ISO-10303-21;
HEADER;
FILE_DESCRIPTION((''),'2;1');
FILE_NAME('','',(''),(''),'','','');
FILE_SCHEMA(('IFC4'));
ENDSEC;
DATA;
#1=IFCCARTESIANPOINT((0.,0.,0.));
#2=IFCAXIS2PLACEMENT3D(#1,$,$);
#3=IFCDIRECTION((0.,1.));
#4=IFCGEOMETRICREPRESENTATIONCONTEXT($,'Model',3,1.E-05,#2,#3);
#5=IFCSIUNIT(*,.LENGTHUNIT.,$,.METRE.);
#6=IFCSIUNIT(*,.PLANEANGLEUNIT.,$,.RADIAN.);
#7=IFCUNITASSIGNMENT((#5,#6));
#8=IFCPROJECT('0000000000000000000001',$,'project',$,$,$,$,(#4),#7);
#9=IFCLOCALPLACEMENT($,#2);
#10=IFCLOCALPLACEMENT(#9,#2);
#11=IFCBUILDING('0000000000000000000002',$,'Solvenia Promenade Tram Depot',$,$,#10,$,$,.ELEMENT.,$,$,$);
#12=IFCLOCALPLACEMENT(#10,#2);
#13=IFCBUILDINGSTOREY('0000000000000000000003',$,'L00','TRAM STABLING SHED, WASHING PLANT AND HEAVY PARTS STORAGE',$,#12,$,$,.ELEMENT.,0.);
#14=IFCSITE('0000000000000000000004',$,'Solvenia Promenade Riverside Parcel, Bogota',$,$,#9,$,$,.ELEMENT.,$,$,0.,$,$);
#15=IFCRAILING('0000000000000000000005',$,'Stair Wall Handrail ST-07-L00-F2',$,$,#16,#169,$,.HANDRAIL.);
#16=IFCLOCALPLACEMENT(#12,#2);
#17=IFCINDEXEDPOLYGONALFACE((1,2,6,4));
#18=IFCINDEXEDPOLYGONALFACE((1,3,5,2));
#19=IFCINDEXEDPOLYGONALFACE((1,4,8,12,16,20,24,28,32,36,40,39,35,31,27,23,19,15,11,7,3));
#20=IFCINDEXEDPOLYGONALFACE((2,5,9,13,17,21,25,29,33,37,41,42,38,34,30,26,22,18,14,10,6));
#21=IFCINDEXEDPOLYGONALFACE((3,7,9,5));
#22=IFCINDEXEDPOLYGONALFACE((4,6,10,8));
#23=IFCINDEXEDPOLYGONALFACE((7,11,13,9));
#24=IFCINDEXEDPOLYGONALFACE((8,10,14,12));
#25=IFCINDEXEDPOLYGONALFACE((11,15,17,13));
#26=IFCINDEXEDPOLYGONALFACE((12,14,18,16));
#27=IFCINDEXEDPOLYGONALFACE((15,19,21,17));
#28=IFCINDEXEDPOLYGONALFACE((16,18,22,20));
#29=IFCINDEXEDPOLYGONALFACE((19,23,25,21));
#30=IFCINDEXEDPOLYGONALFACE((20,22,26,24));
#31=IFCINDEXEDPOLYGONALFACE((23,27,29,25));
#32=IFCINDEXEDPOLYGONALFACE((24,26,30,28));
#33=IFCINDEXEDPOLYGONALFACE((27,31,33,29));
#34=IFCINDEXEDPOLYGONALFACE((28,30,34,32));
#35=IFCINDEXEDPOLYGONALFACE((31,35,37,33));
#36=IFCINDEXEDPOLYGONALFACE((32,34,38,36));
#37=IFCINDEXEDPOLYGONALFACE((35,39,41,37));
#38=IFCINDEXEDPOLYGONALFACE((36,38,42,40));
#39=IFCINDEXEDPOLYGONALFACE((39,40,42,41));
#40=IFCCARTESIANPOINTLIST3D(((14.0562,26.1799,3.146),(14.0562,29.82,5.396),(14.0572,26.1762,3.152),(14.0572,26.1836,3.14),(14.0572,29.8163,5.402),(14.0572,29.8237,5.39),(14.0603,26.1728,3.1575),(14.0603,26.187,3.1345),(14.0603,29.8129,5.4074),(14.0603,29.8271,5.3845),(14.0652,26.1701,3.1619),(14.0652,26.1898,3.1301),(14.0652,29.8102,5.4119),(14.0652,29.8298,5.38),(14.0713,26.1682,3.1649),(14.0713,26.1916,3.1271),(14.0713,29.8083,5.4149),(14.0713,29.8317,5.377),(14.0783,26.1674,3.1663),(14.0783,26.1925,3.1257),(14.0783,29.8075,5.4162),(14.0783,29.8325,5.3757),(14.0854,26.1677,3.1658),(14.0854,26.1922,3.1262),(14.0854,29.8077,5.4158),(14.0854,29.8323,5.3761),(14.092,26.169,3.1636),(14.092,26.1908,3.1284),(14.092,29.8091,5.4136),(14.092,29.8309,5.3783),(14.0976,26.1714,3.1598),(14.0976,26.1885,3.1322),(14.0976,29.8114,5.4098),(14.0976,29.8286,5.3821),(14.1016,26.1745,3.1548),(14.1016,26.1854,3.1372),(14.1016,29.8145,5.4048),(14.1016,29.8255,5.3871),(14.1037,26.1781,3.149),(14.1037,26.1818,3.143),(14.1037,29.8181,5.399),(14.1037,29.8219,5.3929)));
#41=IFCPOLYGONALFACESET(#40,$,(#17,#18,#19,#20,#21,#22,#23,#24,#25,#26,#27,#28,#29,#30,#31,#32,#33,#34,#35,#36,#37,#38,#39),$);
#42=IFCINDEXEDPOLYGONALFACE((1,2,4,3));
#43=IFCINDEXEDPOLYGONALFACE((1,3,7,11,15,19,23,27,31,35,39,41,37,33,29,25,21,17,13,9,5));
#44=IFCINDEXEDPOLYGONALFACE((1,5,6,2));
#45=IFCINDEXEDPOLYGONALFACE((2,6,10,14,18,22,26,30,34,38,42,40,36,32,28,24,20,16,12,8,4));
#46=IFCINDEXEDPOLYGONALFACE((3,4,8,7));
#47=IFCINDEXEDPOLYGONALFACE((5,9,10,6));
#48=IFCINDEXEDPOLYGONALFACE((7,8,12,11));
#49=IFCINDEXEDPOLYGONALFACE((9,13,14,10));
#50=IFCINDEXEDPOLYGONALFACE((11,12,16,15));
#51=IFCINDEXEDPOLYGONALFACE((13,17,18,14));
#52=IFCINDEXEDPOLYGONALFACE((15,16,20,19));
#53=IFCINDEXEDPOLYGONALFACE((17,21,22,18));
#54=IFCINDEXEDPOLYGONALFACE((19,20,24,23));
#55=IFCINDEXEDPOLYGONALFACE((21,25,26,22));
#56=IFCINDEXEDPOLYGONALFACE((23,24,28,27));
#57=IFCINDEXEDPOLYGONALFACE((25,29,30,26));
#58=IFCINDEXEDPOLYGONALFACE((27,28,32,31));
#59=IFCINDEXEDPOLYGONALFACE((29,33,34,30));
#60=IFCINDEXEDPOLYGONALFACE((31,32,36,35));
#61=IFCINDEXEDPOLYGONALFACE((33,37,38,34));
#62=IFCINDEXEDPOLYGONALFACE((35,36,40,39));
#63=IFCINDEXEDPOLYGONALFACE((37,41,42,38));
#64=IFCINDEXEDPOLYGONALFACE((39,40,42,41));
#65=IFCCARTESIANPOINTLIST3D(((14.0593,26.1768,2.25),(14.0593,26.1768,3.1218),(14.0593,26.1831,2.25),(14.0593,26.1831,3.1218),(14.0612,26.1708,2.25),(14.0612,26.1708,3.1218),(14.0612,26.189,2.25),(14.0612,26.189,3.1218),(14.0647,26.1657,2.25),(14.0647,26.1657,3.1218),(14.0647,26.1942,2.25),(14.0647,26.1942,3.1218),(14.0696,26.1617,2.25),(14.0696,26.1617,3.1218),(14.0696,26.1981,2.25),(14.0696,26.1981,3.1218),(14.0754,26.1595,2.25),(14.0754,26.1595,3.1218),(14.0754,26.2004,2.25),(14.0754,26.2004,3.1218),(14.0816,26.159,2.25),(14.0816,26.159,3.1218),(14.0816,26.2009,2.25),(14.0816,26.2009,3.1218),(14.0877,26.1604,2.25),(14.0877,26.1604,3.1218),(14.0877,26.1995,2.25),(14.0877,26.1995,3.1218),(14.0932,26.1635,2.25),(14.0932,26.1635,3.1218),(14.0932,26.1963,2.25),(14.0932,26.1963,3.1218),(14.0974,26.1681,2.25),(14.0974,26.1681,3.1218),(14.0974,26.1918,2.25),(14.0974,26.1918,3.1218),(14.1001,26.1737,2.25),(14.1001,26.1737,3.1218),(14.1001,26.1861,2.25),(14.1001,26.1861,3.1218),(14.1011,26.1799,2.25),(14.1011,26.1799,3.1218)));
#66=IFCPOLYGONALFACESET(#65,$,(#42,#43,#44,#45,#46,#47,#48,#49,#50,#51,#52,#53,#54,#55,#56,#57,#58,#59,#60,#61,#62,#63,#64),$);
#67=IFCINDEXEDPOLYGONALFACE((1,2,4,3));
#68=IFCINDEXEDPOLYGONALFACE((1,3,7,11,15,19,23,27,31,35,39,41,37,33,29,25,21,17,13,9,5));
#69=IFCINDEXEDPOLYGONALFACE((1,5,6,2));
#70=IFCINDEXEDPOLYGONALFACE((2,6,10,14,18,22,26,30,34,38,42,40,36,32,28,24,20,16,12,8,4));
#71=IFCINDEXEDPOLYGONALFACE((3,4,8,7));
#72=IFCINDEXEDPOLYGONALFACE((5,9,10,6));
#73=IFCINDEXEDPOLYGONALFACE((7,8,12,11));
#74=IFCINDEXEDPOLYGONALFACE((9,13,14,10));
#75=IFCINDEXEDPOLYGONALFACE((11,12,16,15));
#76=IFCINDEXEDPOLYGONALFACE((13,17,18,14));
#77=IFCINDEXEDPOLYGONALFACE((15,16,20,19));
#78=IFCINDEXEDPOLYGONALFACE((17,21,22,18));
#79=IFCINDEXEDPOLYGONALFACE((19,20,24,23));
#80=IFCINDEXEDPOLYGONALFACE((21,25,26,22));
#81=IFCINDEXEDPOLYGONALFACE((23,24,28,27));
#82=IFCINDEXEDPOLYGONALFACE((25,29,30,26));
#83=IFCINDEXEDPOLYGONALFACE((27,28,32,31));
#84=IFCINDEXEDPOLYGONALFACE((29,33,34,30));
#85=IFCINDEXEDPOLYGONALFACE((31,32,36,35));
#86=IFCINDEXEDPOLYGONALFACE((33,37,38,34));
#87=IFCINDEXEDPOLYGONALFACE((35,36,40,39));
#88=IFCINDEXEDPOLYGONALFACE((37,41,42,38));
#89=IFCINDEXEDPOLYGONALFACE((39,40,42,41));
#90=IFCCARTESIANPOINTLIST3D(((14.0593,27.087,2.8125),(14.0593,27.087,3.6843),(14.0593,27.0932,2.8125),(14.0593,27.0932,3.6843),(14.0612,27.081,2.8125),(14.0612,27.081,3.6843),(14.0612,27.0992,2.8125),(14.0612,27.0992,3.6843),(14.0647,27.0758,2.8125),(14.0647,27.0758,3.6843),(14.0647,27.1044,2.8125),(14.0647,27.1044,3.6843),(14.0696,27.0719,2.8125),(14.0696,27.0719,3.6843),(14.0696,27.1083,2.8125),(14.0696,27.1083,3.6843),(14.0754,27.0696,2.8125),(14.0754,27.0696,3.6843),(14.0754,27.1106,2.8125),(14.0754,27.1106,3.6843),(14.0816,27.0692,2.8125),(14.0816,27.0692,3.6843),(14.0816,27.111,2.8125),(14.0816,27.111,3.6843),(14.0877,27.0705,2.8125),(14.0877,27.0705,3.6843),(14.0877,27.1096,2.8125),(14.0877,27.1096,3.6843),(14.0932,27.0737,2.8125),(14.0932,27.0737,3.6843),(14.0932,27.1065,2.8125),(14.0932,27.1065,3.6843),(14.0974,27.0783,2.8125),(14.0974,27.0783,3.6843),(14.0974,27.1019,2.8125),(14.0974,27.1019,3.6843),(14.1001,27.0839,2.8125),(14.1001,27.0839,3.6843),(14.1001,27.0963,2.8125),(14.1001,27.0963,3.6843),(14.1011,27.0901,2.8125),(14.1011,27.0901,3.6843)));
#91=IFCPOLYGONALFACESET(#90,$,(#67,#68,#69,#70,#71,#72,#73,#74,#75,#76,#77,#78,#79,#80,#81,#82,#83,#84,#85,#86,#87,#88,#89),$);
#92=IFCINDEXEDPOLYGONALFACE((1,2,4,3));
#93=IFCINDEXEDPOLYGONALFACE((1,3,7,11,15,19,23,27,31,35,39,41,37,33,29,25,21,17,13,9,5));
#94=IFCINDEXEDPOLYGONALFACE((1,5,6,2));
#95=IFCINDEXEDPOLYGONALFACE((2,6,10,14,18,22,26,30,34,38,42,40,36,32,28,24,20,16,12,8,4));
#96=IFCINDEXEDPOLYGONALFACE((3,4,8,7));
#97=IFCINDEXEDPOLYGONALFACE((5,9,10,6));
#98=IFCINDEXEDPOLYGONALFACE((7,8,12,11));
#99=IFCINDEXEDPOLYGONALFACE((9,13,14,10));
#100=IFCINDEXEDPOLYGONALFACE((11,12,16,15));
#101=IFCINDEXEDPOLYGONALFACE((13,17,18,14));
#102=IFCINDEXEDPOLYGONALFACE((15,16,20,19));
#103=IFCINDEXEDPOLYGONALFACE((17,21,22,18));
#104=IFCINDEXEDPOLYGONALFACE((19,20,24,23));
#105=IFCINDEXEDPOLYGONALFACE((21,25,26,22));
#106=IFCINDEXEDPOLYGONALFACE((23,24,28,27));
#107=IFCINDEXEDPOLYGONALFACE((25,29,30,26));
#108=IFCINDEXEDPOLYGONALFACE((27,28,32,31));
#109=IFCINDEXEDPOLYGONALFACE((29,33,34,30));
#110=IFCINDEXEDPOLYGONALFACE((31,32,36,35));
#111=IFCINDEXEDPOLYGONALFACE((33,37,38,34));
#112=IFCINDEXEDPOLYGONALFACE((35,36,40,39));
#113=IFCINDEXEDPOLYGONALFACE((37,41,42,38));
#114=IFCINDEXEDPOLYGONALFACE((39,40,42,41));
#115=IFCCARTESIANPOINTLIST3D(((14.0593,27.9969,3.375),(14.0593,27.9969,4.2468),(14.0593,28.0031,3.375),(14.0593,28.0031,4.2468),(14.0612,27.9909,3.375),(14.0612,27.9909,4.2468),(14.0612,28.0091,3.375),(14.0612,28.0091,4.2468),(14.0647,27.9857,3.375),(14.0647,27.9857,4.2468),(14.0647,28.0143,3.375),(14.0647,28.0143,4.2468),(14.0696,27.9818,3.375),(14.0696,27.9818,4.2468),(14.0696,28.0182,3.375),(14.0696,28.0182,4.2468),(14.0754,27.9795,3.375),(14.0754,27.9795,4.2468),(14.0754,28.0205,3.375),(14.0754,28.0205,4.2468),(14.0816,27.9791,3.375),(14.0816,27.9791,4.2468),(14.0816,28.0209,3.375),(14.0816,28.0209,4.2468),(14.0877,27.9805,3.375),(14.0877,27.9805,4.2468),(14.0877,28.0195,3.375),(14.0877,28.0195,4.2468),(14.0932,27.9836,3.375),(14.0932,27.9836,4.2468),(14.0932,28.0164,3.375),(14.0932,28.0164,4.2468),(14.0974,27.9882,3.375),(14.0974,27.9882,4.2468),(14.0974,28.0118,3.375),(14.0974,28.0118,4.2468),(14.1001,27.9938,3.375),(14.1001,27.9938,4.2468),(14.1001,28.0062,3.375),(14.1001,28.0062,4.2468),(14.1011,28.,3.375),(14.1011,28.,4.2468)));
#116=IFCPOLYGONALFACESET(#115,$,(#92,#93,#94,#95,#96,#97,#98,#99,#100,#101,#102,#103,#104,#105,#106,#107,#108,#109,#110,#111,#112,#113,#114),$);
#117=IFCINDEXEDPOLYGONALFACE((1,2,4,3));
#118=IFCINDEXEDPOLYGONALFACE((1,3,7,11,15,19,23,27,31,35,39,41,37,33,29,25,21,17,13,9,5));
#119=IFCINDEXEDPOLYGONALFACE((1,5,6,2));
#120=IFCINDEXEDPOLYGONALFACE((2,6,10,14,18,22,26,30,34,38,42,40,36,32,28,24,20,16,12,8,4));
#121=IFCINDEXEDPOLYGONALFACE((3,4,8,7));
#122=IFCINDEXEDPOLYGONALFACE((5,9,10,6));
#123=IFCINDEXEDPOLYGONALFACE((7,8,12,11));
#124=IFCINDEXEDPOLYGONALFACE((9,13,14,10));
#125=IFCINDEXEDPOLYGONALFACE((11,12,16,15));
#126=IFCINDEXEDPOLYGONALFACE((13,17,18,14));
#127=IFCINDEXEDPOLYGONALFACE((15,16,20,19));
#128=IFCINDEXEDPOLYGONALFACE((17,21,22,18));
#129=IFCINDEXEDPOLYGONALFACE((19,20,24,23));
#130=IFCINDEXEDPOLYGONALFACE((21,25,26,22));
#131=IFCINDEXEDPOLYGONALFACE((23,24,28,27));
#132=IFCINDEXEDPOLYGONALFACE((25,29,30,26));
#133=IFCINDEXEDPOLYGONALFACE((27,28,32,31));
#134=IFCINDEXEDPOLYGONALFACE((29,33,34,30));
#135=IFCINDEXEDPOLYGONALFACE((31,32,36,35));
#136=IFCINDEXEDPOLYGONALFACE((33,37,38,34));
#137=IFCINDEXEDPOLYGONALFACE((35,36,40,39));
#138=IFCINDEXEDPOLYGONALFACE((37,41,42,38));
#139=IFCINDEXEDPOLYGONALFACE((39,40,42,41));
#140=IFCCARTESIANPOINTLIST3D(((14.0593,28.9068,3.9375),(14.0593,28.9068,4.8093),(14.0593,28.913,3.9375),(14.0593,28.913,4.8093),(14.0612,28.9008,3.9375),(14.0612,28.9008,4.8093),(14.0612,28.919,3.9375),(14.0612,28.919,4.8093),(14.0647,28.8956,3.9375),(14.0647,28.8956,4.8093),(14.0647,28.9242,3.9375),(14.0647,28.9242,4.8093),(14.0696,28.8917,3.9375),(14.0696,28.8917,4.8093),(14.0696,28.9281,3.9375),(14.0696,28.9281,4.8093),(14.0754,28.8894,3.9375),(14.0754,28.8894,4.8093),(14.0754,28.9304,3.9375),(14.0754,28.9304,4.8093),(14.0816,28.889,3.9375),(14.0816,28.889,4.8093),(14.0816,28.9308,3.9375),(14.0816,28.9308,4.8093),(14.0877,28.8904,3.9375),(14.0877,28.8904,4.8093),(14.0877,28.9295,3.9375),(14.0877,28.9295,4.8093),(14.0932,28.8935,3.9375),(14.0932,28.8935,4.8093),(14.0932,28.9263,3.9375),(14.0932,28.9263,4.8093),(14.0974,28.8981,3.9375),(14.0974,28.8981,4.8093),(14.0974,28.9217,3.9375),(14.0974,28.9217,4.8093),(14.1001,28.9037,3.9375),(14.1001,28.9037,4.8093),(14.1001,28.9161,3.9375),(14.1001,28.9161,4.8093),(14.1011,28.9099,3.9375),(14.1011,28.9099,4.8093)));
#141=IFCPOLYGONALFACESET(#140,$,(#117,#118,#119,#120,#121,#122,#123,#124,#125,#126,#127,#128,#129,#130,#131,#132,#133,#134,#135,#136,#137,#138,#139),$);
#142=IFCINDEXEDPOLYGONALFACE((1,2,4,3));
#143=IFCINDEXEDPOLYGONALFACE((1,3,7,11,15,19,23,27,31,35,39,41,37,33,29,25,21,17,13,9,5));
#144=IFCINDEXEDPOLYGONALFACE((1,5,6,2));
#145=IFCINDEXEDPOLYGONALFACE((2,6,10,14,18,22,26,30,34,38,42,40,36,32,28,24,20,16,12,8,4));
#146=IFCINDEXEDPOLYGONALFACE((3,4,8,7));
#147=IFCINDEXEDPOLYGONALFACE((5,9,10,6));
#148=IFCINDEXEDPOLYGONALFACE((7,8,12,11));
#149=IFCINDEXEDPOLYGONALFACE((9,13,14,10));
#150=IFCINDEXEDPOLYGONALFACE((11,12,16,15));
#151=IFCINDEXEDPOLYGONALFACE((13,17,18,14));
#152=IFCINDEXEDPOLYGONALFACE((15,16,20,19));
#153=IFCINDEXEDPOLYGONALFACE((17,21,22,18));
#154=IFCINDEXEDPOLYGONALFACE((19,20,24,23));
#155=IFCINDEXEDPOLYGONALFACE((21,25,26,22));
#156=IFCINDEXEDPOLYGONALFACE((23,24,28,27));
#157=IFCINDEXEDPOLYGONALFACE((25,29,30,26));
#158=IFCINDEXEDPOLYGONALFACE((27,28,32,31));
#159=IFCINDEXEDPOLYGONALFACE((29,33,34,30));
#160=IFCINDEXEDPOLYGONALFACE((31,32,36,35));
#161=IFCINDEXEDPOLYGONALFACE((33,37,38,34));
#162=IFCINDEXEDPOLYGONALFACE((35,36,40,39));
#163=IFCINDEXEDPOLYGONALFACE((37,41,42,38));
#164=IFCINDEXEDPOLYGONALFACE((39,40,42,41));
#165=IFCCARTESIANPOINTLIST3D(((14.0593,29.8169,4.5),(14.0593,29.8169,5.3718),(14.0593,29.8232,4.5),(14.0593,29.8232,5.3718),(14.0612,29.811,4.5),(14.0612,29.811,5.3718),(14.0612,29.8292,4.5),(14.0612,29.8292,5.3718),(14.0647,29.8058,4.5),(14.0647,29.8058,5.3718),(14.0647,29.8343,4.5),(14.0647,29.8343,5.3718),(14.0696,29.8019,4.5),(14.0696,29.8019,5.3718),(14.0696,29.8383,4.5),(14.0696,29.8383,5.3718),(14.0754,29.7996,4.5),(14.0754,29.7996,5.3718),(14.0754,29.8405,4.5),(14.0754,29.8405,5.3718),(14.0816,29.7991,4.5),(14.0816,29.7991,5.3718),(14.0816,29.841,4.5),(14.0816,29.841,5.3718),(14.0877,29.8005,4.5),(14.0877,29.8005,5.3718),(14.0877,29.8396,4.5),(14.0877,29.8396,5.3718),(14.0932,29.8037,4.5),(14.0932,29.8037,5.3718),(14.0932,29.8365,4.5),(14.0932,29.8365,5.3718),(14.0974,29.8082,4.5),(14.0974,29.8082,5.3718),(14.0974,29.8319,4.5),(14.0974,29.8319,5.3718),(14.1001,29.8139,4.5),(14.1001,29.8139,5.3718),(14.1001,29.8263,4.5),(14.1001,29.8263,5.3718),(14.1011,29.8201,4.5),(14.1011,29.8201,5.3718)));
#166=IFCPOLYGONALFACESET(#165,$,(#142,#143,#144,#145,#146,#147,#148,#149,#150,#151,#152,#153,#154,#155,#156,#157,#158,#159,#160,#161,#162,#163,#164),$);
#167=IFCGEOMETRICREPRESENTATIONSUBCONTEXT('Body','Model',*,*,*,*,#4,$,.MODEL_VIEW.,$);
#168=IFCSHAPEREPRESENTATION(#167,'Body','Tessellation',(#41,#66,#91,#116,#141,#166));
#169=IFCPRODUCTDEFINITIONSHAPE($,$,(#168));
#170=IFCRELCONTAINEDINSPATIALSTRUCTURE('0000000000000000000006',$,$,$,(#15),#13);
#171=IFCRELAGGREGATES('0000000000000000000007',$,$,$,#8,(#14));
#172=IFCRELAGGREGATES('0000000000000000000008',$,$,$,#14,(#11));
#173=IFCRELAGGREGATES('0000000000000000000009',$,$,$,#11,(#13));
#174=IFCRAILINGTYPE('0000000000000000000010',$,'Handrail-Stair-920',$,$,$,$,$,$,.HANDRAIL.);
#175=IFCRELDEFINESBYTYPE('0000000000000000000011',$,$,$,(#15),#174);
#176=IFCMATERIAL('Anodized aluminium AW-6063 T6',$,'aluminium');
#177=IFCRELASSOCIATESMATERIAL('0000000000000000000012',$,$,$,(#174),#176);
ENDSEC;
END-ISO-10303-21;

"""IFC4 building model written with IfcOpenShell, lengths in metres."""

from ifc_helpers import new_model, si_unit, direction, frame, origin, origin_2d, place, context, subcontext, project, spatial, circle, extrude, material, type_object, element, save


model = new_model("IFC4")

# Units and contexts
model_context = context("Model", 3, precision=1e-05, world=origin(), true_north=direction((0.0, 1.0)))
body_context = subcontext(model_context, "Body", "Model", "MODEL_VIEW")
ifc_project = project(units=[si_unit("LENGTHUNIT", "METRE"), si_unit("PLANEANGLEUNIT", "RADIAN")], contexts=[model_context])

# Site, building, storey
site_placement = place(None, origin())
site = spatial("IfcSite", under=ifc_project, at=site_placement, Name="Solvenia Promenade Riverside Parcel, Bogota", CompositionType="ELEMENT", RefElevation=0.0)
building_placement = place(site_placement, origin())
building = spatial("IfcBuilding", under=site, at=building_placement, Name="Solvenia Promenade Tram Depot", CompositionType="ELEMENT")
storey_placement = place(building_placement, origin())
storey = spatial("IfcBuildingStorey", under=building, at=storey_placement, Name="L00", Description="TRAM STABLING SHED, WASHING PLANT AND HEAVY PARTS STORAGE", CompositionType="ELEMENT", Elevation=0.0)

# Shared definitions
ifc_material_1 = material(Name="Anodized aluminium AW-6063 T6", Category="aluminium")

# Railing
railing_type = type_object("IfcRailingType", Name="Handrail-Stair-920", PredefinedType="HANDRAIL", material=ifc_material_1)
railing_placement = place(storey_placement, frame((14.0801, 26.1799, 2.25)))
element("IfcRailing", 1, at=railing_placement, inside=storey, type_object=railing_type, Name="Stair Wall Handrail ST-07-L00-F2", PredefinedType="HANDRAIL", context=body_context, shape_type="SweptSolid", body=[
    extrude(circle(Radius=0.0239, at=origin_2d()), frame((0.0, 0.0, 0.896), z_axis=(0.0, 0.850622, 0.525777), x_axis=(-1.0, 0.0, 0.0)), (0.0, 0.0, 1.0), 4.2793),
    extrude(circle(Radius=0.021, at=origin_2d()), origin(), (0.0, 0.0, 1.0), 0.8718),
    extrude(circle(Radius=0.021, at=origin_2d()), frame((0.0, 0.9102, 0.5625)), (0.0, 0.0, 1.0), 0.8718),
    extrude(circle(Radius=0.021, at=origin_2d()), frame((0.0, 1.8201, 1.125)), (0.0, 0.0, 1.0), 0.8718),
    extrude(circle(Radius=0.021, at=origin_2d()), frame((0.0, 2.73, 1.6875)), (0.0, 0.0, 1.0), 0.8718),
    extrude(circle(Radius=0.021, at=origin_2d()), frame((0.0, 3.6401, 2.25)), (0.0, 0.0, 1.0), 0.8718),
])

save(model, "model.ifc")
